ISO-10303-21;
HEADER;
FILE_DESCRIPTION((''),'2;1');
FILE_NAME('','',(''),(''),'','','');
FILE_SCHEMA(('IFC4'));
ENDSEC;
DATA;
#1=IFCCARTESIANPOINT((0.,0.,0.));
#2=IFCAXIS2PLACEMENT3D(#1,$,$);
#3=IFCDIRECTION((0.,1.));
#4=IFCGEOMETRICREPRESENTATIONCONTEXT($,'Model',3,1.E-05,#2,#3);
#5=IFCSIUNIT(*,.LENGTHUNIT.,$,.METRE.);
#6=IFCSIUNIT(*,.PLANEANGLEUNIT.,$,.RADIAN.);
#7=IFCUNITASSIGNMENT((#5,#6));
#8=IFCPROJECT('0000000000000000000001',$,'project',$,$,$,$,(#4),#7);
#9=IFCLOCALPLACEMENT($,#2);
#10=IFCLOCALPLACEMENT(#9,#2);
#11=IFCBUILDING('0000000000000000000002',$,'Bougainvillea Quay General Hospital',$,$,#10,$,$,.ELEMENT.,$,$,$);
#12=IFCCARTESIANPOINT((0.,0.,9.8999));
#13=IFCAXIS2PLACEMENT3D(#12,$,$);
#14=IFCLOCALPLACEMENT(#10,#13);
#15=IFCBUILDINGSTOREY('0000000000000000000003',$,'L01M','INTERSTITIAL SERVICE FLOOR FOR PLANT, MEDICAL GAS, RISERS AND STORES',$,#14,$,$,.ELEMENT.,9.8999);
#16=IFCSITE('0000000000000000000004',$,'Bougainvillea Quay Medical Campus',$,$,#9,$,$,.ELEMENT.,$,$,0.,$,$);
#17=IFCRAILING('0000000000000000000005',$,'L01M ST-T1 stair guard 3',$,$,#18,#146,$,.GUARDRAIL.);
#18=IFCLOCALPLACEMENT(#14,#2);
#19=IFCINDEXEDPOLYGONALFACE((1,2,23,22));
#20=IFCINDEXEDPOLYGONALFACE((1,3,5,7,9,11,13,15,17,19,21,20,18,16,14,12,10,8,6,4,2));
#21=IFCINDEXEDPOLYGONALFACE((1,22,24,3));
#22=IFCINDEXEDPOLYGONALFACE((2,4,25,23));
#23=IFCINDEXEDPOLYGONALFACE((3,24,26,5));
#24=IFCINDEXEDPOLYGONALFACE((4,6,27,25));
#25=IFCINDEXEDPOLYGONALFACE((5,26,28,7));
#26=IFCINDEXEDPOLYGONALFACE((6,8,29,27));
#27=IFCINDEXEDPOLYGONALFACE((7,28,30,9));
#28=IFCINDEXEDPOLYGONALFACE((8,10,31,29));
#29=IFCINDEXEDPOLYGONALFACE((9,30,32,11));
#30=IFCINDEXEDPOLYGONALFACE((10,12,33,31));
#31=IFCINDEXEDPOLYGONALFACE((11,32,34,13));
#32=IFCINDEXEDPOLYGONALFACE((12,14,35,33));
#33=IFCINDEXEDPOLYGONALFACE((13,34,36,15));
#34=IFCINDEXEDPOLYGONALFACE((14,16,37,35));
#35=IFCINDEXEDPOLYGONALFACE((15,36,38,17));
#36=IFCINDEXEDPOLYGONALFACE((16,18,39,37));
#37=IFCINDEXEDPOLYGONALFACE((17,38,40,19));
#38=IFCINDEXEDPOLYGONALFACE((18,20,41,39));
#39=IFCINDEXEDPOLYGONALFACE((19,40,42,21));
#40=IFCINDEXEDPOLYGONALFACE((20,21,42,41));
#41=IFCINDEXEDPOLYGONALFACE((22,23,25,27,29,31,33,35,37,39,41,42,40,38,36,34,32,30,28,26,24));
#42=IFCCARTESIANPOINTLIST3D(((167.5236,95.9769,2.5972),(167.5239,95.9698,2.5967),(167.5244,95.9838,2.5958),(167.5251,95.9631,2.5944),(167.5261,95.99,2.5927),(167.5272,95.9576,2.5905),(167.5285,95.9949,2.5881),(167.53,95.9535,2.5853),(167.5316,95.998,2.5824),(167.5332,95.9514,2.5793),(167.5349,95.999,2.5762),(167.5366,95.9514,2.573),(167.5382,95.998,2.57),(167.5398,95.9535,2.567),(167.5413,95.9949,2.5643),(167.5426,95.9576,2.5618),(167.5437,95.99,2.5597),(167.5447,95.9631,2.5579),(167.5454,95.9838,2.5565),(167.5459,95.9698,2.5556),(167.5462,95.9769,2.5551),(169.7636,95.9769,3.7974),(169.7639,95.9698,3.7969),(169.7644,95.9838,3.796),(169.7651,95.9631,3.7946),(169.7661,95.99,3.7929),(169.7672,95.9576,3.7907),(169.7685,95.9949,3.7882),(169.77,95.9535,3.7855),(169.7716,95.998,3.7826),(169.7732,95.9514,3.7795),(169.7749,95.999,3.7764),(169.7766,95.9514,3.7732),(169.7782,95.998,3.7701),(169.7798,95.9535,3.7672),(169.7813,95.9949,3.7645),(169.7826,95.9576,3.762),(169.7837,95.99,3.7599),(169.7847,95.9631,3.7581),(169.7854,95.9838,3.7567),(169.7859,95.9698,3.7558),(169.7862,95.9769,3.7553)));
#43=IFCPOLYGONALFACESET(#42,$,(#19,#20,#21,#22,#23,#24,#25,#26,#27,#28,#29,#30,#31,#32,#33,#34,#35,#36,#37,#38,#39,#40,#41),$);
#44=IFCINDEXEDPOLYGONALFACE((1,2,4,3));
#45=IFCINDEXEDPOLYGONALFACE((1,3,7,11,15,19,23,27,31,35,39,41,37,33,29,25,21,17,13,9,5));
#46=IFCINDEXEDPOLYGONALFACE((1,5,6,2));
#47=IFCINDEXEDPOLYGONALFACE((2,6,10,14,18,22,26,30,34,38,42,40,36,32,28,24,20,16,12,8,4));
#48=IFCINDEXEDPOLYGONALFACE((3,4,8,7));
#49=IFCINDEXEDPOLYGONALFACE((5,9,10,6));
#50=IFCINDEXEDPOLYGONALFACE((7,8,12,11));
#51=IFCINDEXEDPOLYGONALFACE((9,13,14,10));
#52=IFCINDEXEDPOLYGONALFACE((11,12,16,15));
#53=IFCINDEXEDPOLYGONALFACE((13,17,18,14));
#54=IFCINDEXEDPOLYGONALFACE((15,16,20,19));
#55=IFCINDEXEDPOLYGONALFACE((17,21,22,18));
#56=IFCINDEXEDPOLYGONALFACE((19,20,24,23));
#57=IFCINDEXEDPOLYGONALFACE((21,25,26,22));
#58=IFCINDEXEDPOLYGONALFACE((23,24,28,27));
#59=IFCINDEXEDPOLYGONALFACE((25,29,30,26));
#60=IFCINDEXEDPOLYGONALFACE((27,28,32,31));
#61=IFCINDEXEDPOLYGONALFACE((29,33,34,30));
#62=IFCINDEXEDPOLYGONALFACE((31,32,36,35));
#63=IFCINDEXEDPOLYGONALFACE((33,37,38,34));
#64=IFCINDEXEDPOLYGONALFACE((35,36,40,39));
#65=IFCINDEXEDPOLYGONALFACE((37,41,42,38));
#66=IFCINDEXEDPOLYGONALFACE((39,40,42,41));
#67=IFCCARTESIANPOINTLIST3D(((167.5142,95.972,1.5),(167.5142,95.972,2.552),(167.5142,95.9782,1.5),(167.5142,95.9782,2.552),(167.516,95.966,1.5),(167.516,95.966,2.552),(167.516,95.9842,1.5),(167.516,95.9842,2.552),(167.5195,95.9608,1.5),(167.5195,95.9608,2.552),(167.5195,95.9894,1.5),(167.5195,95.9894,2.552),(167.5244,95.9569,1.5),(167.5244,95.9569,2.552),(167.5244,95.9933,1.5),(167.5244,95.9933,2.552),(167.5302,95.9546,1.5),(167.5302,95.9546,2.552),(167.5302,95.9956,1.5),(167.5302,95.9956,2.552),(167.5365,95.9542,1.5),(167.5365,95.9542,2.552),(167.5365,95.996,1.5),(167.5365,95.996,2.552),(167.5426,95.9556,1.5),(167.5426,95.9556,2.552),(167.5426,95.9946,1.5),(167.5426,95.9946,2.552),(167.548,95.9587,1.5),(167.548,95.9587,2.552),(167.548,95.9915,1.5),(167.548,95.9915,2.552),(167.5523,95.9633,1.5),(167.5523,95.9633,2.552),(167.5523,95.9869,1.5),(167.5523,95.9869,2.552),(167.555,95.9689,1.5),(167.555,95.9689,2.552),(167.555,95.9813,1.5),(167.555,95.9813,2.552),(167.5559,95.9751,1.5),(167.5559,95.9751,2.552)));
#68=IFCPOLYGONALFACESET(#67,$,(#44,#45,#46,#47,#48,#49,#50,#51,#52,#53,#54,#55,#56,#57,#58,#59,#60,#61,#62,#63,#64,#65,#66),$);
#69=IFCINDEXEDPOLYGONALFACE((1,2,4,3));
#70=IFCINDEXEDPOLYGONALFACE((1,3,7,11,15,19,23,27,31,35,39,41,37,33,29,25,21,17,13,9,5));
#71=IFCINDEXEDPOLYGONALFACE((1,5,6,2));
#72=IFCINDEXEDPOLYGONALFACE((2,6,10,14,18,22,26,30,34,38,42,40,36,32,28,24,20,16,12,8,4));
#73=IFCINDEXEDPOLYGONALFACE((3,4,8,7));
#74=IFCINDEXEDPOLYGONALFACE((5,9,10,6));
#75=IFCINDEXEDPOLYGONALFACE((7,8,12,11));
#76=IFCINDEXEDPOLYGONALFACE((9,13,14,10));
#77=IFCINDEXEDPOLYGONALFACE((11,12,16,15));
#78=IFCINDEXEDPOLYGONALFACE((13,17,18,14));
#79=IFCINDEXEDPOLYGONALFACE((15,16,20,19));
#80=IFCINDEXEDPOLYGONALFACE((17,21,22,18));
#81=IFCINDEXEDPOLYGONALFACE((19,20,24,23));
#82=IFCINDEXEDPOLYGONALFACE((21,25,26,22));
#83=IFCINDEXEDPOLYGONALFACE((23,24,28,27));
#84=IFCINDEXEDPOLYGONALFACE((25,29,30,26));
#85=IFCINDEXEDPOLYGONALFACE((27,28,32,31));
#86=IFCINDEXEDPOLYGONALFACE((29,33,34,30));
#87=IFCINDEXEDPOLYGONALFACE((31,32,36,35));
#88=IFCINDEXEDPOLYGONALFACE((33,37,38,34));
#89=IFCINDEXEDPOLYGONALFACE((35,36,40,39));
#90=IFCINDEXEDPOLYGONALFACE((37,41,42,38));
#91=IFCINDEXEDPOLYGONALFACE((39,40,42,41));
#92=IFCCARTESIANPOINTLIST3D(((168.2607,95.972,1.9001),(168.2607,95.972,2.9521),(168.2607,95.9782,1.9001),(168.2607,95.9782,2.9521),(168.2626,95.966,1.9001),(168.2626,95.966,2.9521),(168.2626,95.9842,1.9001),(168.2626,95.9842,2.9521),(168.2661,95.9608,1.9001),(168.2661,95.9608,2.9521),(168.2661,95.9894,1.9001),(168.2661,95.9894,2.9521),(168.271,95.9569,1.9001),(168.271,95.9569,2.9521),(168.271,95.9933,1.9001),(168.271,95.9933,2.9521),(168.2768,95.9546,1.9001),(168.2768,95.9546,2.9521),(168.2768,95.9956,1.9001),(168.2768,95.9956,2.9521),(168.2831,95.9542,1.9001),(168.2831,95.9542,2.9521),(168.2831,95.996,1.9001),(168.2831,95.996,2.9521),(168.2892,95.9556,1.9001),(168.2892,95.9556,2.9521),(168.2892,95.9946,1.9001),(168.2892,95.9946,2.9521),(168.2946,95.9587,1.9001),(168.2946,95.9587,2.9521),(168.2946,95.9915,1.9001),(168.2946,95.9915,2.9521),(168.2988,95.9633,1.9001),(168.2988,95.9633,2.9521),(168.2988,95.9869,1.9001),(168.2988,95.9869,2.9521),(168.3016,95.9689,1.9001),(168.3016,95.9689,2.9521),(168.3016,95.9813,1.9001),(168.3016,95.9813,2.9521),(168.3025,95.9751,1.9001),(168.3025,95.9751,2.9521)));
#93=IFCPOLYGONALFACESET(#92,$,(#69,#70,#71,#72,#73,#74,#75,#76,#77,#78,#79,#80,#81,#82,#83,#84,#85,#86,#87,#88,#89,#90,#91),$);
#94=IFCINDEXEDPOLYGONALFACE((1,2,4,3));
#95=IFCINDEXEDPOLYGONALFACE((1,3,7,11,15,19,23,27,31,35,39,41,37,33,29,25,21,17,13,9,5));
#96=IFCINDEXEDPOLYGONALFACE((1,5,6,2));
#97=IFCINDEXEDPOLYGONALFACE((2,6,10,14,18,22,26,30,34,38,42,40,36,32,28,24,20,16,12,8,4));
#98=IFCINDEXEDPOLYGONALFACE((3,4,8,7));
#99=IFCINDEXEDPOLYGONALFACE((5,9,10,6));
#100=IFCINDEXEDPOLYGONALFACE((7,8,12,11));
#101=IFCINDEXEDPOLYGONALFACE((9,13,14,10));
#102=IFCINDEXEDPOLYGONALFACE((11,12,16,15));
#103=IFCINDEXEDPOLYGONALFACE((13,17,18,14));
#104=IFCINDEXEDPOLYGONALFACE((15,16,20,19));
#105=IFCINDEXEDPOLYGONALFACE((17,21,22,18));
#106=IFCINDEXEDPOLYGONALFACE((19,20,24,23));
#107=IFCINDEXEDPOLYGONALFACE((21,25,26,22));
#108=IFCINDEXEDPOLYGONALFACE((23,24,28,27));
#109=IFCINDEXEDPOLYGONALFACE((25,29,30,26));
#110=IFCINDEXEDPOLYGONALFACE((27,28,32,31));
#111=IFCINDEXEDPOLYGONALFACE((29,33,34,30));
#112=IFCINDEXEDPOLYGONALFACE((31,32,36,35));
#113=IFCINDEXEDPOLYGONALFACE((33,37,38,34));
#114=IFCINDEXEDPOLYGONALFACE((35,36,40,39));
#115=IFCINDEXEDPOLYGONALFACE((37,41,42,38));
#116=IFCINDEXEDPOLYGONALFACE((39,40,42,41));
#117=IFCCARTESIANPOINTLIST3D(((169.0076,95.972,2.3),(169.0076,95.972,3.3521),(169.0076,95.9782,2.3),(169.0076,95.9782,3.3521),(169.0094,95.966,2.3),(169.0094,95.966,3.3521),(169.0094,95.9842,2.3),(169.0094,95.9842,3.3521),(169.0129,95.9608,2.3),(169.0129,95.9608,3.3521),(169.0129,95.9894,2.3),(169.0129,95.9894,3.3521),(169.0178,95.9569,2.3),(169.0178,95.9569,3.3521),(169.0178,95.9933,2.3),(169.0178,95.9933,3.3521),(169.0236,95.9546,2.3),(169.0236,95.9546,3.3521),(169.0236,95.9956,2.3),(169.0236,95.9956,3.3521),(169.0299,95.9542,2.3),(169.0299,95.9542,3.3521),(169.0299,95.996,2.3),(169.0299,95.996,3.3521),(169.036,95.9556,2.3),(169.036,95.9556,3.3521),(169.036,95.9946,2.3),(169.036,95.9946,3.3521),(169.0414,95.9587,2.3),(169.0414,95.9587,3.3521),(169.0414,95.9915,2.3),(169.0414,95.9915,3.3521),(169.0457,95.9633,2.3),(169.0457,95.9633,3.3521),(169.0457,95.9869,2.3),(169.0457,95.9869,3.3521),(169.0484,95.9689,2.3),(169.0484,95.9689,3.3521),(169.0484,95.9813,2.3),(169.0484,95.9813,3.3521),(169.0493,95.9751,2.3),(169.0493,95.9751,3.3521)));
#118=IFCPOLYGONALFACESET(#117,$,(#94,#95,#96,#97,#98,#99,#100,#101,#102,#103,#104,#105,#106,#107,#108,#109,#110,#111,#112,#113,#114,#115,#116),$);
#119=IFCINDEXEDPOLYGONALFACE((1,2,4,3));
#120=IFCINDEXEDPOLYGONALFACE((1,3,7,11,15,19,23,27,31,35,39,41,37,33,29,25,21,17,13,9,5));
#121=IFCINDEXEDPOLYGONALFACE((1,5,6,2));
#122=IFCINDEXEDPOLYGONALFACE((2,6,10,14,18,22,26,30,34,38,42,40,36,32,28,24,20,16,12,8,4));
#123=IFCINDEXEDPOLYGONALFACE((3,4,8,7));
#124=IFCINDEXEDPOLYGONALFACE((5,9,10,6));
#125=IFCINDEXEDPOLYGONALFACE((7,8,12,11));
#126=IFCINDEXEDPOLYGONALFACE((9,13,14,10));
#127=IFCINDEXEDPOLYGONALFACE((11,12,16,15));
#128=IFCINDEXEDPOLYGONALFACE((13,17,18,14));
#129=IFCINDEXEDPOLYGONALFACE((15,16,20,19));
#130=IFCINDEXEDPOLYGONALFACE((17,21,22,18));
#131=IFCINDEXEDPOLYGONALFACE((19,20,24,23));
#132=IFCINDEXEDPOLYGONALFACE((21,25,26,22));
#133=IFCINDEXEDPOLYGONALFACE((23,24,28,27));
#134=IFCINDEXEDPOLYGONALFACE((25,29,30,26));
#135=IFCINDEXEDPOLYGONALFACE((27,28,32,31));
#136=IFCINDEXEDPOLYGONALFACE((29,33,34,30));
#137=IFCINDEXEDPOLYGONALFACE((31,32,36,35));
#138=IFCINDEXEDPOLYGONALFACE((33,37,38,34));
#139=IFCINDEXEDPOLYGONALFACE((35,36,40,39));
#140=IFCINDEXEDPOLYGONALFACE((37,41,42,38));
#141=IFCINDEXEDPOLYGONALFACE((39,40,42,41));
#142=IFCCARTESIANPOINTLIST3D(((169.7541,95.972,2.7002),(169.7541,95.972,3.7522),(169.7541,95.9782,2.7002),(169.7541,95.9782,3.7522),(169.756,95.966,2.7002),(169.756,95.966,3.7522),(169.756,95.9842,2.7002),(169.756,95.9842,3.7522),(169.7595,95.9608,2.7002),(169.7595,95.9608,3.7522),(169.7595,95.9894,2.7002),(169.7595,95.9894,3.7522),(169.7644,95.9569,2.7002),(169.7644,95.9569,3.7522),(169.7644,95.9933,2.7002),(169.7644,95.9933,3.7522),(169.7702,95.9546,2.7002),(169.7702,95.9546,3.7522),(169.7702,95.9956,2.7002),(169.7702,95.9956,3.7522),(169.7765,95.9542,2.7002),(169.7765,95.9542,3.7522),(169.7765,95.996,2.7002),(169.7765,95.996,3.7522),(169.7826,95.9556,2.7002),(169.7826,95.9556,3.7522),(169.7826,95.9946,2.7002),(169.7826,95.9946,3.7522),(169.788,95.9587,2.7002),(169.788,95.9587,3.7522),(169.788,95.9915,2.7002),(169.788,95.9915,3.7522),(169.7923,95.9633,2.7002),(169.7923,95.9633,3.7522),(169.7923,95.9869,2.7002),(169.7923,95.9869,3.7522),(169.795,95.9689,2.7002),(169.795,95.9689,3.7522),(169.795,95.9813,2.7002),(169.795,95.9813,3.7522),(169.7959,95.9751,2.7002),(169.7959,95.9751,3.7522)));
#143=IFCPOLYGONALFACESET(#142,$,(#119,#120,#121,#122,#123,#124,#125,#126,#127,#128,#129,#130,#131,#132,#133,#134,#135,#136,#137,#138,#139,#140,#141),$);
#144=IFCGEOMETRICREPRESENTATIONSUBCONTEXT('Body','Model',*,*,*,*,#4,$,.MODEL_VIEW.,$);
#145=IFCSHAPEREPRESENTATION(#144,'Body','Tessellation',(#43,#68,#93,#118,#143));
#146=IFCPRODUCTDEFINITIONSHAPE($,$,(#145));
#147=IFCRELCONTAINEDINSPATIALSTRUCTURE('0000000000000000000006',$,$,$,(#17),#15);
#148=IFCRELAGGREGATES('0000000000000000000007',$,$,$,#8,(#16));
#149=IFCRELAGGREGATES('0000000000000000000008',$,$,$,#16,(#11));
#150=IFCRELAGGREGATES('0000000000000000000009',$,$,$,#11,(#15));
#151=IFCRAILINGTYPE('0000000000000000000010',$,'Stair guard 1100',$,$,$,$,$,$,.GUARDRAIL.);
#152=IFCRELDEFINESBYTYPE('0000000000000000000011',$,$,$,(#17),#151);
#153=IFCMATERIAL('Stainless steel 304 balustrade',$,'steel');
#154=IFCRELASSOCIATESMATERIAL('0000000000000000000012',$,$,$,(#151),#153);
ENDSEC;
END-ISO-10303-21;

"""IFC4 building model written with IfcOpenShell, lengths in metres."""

from ifc_helpers import new_model, si_unit, direction, frame, origin, origin_2d, place, context, subcontext, project, spatial, circle, extrude, material, type_object, element, save


model = new_model("IFC4")

# Units and contexts
model_context = context("Model", 3, precision=1e-05, world=origin(), true_north=direction((0.0, 1.0)))
body_context = subcontext(model_context, "Body", "Model", "MODEL_VIEW")
ifc_project = project(units=[si_unit("LENGTHUNIT", "METRE"), si_unit("PLANEANGLEUNIT", "RADIAN")], contexts=[model_context])

# Site, building, storey
site_placement = place(None, origin())
site = spatial("IfcSite", under=ifc_project, at=site_placement, Name="Bougainvillea Quay Medical Campus", CompositionType="ELEMENT", RefElevation=0.0)
building_placement = place(site_placement, origin())
building = spatial("IfcBuilding", under=site, at=building_placement, Name="Bougainvillea Quay General Hospital", CompositionType="ELEMENT")
storey_placement = place(building_placement, frame((0.0, 0.0, 9.8999)))
storey = spatial("IfcBuildingStorey", under=building, at=storey_placement, Name="L01M", Description="INTERSTITIAL SERVICE FLOOR FOR PLANT, MEDICAL GAS, RISERS AND STORES", CompositionType="ELEMENT", Elevation=9.8999)

# Railing
ifc_material_1 = material(Name="Stainless steel 304 balustrade", Category="steel")
railing_type_1 = type_object("IfcRailingType", Name="Stair guard 1100", PredefinedType="GUARDRAIL", material=ifc_material_1)
railing_1_placement = place(storey_placement, frame((167.5349, 95.9751, 1.5)))
element("IfcRailing", 1, at=railing_1_placement, inside=storey, type_object=railing_type_1, Name="L01M ST-T1 stair guard 3", PredefinedType="GUARDRAIL", context=body_context, shape_type="SweptSolid", body=[
    extrude(circle(Radius=0.0239, at=origin_2d()), frame((0.0, 0.0, 1.0762), z_axis=(0.881447, 0.0, 0.472283), x_axis=(0.0, 1.0, 0.0)), (0.0, 0.0, 1.0), 2.5413),
    extrude(circle(Radius=0.021, at=origin_2d()), origin(), (0.0, 0.0, 1.0), 1.052),
    extrude(circle(Radius=0.021, at=origin_2d()), frame((0.7466, 0.0, 0.4001)), (0.0, 0.0, 1.0), 1.052),
    extrude(circle(Radius=0.021, at=origin_2d()), frame((1.4934, 0.0, 0.8)), (0.0, 0.0, 1.0), 1.052),
    extrude(circle(Radius=0.021, at=origin_2d()), frame((2.24, 0.0, 1.2002)), (0.0, 0.0, 1.0), 1.052),
])

save(model, "model.ifc")
